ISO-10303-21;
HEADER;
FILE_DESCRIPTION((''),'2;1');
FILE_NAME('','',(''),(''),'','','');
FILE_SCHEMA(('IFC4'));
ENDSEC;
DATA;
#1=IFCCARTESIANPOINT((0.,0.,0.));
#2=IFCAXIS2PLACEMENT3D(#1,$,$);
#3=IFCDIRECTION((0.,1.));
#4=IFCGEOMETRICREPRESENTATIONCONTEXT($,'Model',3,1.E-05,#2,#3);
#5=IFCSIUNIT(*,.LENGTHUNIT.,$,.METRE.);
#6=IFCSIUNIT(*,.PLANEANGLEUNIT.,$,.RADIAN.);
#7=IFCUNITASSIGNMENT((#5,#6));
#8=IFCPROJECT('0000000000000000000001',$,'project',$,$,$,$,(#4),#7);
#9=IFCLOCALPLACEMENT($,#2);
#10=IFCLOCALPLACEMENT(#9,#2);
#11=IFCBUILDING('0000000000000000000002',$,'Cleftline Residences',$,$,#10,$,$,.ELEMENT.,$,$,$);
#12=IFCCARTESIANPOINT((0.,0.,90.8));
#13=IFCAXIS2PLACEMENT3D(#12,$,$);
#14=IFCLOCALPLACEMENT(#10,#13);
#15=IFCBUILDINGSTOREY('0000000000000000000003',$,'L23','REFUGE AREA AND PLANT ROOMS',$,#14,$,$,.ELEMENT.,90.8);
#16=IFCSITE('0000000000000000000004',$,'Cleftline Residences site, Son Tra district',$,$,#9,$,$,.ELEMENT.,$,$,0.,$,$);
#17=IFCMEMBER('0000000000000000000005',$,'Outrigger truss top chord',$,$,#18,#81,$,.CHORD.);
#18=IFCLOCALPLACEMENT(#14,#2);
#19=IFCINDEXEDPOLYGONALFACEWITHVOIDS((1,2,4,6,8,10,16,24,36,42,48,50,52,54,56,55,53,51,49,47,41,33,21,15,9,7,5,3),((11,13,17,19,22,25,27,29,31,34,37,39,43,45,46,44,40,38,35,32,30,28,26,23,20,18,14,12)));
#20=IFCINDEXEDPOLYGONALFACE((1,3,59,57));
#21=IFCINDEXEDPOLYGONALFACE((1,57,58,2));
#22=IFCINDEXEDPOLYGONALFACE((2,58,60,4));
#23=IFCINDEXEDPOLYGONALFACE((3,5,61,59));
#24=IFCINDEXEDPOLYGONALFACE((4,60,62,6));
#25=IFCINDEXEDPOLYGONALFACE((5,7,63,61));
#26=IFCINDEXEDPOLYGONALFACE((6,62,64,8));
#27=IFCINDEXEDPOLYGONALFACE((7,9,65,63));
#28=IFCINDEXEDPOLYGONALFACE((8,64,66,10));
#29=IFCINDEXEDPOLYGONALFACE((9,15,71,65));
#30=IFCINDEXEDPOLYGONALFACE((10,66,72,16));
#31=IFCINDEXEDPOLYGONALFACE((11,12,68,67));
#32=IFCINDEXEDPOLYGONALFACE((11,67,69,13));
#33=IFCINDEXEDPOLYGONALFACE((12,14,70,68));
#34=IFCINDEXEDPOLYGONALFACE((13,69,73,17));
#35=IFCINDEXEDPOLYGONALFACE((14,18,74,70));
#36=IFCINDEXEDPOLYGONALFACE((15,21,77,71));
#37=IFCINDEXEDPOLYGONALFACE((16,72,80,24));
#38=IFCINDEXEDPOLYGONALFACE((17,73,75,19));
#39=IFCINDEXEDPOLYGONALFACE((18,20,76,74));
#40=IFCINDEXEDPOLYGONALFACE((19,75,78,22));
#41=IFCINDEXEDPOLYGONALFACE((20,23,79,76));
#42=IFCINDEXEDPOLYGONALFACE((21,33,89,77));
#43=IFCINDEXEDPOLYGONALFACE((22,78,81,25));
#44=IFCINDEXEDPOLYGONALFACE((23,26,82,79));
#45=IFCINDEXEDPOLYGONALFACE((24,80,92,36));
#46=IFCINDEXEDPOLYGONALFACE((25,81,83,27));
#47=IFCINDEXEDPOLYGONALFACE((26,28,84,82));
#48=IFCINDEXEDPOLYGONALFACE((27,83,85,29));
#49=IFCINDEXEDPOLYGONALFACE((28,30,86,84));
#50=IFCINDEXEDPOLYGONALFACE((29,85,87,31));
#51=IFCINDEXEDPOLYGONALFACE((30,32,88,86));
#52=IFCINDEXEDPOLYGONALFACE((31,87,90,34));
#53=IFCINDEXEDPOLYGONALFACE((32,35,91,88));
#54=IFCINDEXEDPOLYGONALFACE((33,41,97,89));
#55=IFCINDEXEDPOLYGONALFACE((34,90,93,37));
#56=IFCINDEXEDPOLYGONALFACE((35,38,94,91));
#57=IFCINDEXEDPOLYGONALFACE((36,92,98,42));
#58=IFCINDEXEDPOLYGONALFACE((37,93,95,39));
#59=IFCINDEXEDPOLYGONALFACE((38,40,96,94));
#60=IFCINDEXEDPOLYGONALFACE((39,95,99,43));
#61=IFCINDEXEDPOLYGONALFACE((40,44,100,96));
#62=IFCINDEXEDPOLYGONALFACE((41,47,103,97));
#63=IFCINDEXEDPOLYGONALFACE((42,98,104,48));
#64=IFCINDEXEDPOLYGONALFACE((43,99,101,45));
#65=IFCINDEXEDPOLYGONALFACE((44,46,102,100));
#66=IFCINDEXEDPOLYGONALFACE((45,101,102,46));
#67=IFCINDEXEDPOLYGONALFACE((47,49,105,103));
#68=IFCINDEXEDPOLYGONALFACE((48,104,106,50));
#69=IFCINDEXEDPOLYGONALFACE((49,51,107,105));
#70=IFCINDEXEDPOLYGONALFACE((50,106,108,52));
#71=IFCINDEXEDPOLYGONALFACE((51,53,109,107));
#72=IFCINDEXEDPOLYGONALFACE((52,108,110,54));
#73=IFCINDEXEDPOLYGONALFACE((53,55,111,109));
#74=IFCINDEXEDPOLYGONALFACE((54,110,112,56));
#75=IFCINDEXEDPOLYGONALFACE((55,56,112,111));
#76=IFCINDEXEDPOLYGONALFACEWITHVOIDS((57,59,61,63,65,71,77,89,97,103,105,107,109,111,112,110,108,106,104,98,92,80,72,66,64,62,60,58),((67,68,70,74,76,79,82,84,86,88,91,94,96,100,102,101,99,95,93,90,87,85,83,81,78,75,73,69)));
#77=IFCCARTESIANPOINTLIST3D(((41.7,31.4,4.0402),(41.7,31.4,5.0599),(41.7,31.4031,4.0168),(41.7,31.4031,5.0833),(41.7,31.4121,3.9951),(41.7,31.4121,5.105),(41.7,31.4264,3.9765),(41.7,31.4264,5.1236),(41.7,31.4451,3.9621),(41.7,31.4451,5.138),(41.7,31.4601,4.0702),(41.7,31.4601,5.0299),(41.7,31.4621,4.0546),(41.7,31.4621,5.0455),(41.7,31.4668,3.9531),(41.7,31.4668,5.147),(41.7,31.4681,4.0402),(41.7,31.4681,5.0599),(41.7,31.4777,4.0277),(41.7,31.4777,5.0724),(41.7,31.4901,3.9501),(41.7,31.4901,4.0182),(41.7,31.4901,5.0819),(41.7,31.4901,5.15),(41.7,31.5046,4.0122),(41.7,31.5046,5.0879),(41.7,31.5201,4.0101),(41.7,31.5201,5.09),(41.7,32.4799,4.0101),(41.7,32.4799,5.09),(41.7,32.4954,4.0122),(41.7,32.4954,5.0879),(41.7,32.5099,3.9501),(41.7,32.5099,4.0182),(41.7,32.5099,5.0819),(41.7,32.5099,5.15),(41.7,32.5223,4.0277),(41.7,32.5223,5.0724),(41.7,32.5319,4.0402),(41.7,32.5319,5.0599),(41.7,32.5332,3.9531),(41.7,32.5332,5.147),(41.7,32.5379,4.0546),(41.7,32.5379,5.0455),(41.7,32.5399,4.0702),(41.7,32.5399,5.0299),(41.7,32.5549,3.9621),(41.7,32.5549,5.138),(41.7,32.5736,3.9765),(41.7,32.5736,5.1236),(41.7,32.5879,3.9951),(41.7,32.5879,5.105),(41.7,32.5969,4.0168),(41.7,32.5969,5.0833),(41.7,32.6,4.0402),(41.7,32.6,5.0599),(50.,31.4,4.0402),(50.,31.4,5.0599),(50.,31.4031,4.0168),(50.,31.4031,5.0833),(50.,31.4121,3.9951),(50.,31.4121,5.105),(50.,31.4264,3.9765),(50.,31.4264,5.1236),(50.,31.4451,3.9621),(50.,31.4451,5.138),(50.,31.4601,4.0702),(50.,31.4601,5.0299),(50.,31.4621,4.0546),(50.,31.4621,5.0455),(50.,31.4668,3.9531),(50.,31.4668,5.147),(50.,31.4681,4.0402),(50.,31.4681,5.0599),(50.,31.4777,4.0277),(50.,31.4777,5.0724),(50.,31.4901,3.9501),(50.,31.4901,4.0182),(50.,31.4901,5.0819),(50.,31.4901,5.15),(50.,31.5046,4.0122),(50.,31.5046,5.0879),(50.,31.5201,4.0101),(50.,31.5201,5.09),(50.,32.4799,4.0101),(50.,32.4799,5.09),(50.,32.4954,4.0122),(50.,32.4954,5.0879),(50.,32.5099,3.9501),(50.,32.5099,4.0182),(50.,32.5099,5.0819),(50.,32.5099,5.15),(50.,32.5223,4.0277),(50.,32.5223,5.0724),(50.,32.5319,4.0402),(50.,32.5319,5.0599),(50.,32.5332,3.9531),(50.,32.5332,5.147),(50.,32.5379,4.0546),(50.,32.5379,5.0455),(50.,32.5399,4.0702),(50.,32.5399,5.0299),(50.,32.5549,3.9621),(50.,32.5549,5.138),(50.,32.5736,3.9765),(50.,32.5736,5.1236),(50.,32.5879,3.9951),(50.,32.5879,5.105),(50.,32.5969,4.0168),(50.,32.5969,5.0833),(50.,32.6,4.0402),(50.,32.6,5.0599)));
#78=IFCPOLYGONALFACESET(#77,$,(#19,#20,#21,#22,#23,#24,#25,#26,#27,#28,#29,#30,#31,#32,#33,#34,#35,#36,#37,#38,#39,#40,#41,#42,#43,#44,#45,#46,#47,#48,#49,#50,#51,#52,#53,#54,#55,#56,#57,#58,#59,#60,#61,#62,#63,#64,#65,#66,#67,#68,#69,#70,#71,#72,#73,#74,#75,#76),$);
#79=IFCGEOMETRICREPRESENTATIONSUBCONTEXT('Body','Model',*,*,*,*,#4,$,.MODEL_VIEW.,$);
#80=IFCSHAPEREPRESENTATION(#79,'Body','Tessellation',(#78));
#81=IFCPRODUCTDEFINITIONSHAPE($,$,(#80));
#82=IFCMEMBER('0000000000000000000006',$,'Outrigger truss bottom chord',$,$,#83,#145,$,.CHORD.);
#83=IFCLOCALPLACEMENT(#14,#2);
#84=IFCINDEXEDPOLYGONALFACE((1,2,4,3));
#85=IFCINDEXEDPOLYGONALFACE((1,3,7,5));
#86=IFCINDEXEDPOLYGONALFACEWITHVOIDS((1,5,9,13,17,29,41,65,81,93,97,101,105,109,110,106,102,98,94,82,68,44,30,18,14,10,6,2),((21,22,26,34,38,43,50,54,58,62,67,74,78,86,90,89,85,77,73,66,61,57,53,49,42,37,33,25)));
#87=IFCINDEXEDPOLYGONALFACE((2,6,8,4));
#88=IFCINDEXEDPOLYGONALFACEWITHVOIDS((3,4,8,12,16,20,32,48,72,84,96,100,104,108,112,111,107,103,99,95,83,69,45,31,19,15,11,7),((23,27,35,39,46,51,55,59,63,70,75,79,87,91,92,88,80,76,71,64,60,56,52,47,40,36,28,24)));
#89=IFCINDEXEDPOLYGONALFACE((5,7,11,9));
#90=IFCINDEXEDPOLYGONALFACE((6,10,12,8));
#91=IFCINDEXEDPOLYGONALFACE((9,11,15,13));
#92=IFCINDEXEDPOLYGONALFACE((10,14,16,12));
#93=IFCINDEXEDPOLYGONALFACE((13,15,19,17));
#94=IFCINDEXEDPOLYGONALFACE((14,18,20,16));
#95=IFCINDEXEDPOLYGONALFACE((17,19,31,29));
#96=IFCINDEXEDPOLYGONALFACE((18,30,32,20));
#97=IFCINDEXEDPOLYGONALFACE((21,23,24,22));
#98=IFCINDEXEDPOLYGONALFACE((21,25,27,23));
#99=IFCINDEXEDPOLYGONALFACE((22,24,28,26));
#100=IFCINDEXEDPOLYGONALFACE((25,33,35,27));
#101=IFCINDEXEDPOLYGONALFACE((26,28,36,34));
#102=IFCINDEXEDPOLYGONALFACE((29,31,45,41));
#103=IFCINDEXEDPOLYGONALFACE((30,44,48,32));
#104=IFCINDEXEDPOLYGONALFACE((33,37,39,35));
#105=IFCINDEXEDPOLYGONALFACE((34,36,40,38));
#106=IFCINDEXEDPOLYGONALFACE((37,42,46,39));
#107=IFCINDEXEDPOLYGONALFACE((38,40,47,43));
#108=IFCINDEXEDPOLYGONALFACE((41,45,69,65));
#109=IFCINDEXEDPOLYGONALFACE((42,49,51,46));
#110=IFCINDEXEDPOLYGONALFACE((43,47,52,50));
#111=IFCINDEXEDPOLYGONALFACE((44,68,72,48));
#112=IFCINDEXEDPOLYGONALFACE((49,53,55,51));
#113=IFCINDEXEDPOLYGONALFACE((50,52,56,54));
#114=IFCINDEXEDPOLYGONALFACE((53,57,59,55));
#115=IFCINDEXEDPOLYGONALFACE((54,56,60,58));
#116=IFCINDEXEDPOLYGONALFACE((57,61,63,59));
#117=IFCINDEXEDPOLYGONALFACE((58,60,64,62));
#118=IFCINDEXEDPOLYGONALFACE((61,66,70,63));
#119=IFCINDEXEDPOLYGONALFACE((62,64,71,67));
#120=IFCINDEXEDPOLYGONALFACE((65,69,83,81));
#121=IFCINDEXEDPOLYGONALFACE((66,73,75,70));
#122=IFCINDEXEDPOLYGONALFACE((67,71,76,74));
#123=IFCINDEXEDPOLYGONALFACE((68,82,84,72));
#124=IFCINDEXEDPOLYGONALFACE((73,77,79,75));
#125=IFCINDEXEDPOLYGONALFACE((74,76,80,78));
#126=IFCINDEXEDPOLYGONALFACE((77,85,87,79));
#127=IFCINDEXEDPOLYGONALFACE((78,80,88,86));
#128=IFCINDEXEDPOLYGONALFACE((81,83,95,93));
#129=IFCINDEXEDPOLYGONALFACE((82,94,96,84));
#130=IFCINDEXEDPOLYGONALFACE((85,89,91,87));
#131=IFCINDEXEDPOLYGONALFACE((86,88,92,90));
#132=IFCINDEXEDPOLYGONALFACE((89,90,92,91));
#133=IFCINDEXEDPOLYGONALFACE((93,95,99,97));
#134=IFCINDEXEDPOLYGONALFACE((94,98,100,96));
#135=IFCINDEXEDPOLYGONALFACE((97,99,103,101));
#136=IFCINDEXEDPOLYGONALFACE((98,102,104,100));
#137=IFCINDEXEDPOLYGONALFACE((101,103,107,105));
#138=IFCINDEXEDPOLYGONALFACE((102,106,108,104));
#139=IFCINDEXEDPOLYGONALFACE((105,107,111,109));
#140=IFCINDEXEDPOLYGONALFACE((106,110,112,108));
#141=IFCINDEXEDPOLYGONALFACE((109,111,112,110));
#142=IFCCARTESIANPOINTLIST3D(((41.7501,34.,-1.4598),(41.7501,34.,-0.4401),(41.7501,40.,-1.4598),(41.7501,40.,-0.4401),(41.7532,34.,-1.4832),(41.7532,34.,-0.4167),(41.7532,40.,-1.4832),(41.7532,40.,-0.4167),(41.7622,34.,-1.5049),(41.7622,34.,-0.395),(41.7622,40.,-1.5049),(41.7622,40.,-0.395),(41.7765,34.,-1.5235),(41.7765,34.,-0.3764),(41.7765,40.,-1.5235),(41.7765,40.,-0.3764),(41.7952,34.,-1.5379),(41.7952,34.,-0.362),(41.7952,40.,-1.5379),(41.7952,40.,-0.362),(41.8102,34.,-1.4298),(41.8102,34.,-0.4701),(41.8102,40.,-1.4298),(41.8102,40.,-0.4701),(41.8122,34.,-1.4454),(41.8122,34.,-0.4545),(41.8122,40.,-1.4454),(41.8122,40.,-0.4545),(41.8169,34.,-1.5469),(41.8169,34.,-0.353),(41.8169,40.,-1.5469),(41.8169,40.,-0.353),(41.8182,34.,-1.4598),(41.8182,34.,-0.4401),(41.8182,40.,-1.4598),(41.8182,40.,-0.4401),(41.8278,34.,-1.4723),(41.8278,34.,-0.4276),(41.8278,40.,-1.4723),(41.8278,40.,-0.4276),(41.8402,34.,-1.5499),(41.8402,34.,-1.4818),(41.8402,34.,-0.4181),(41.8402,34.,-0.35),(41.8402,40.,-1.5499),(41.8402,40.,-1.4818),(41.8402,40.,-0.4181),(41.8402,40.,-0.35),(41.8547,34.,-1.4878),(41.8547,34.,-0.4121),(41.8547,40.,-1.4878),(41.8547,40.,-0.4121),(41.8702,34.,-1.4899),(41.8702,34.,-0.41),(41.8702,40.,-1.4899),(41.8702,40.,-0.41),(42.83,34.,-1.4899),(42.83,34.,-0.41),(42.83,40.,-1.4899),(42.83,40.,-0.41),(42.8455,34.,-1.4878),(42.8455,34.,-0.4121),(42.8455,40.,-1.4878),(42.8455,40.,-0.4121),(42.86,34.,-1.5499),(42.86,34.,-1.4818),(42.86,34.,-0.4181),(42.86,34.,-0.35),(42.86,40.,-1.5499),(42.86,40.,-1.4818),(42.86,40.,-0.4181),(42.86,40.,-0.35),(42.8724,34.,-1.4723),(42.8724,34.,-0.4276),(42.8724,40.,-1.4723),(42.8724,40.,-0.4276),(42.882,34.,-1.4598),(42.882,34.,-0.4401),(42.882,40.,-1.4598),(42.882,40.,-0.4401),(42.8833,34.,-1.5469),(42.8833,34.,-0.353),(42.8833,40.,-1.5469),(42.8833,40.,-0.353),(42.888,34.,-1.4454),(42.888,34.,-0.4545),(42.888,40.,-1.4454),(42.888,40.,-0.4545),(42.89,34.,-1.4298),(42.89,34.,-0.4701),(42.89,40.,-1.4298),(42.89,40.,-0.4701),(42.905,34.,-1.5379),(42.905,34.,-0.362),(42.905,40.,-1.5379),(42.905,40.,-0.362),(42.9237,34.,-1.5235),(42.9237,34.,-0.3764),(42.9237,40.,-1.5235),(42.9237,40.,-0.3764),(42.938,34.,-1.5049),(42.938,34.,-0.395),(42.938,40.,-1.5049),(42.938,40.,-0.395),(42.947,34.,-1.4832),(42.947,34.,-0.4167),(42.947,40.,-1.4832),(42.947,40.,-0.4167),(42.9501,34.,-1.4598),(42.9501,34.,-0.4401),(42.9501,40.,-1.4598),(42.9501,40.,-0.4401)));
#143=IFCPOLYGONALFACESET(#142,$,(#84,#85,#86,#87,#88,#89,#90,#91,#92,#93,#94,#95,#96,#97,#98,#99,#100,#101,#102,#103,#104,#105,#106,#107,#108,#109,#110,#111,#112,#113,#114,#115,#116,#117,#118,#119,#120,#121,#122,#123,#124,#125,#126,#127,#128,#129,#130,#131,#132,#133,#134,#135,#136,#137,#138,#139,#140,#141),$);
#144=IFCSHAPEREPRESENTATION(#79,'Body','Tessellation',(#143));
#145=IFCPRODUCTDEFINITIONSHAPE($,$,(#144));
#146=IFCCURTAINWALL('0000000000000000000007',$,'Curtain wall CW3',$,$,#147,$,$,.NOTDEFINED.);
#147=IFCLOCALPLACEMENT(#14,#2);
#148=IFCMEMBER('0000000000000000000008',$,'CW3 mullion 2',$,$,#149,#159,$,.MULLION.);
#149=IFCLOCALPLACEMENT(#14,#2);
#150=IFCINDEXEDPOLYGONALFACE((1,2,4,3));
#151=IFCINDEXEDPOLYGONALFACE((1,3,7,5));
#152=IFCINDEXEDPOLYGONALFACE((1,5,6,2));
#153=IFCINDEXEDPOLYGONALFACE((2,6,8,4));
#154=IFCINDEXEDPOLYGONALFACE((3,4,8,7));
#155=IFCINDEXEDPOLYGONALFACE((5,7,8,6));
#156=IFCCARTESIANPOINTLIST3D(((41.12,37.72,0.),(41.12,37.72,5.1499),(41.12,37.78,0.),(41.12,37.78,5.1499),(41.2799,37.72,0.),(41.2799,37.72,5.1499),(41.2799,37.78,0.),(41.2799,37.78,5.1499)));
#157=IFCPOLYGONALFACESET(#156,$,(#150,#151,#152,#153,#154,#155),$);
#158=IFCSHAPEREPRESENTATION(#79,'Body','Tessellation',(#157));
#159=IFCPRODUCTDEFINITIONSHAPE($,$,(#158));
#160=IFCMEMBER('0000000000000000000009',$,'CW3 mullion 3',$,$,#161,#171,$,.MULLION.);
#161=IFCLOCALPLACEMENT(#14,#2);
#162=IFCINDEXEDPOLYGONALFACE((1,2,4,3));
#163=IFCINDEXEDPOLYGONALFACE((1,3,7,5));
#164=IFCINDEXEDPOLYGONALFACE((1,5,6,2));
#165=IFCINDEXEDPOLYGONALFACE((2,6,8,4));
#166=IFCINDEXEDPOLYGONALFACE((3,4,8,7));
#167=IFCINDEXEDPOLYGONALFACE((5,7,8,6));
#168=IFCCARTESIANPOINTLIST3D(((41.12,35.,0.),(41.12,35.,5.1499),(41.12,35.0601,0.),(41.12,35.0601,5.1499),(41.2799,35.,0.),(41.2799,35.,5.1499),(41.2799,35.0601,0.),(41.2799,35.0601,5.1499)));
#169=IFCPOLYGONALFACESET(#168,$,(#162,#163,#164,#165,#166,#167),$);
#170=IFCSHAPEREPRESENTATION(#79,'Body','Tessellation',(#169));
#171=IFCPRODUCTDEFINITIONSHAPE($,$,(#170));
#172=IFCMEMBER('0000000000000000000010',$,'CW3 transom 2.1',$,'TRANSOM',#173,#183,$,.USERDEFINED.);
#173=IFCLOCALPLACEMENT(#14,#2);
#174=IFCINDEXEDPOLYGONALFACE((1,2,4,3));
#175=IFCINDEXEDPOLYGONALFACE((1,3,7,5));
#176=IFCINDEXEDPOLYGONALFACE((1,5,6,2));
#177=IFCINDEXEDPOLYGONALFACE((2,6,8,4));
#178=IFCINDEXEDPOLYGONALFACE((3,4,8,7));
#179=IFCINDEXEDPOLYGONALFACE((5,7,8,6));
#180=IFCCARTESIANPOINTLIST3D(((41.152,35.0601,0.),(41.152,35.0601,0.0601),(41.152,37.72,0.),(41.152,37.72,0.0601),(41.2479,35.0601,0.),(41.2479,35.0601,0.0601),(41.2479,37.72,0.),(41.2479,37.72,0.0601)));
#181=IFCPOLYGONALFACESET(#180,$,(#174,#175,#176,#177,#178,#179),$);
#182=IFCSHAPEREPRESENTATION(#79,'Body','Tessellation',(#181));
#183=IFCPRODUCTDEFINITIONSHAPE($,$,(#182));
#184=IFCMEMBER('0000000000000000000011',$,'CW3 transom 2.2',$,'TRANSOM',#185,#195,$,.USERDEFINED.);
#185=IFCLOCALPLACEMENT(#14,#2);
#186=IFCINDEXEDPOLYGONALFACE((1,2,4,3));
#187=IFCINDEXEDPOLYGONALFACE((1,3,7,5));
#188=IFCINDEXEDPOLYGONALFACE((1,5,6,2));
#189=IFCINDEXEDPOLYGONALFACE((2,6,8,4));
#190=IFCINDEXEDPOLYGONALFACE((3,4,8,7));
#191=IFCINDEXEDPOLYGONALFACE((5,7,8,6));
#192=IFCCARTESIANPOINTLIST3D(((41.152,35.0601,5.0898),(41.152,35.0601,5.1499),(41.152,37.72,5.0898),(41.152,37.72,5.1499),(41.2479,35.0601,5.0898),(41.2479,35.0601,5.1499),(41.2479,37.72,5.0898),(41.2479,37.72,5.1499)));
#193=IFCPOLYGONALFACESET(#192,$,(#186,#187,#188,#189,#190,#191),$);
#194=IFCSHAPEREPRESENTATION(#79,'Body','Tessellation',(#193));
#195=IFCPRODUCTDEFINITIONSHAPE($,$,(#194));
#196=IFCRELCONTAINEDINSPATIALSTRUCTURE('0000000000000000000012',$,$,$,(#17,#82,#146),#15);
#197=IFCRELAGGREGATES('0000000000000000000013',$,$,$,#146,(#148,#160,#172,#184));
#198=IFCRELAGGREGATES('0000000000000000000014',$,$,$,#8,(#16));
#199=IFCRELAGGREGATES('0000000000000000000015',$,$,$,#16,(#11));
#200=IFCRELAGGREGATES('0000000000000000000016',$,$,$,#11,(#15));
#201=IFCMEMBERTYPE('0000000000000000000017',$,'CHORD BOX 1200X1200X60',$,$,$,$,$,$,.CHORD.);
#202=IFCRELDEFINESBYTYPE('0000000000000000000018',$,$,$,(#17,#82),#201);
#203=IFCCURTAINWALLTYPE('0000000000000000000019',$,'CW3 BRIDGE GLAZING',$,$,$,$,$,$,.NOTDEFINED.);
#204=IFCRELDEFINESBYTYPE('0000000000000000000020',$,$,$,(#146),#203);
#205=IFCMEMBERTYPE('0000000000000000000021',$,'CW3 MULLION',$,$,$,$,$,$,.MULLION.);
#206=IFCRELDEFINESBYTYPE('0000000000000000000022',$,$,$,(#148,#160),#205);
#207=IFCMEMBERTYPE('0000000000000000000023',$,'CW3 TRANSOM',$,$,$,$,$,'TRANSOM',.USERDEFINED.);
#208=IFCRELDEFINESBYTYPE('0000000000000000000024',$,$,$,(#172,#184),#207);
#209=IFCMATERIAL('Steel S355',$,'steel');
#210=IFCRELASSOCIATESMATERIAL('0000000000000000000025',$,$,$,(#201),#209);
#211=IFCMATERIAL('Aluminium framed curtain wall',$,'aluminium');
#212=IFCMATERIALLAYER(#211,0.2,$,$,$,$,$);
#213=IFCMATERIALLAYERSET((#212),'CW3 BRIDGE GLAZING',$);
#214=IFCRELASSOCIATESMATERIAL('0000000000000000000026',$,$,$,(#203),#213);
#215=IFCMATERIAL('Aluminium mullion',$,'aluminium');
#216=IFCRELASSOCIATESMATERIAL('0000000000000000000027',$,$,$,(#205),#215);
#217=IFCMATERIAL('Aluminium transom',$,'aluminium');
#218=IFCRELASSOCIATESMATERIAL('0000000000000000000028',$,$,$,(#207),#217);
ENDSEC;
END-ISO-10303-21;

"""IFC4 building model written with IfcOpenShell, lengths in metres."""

from ifc_helpers import new_model, si_unit, direction, frame, origin, origin_2d, place, context, subcontext, project, spatial, rectangle, hollow_rectangle, extrude, material, layer, layer_set, material_profile, profile_set, type_object, element, aggregate, save


model = new_model("IFC4")

# Units and contexts
model_context = context("Model", 3, precision=1e-05, world=origin(), true_north=direction((0.0, 1.0)))
body_context = subcontext(model_context, "Body", "Model", "MODEL_VIEW")
ifc_project = project(units=[si_unit("LENGTHUNIT", "METRE"), si_unit("PLANEANGLEUNIT", "RADIAN")], contexts=[model_context])

# Site, building, storey
site_placement = place(None, origin())
site = spatial("IfcSite", under=ifc_project, at=site_placement, Name="Cleftline Residences site, Son Tra district", CompositionType="ELEMENT", RefElevation=0.0)
building_placement = place(site_placement, origin())
building = spatial("IfcBuilding", under=site, at=building_placement, Name="Cleftline Residences", CompositionType="ELEMENT")
storey_placement = place(building_placement, frame((0.0, 0.0, 90.8)))
storey = spatial("IfcBuildingStorey", under=building, at=storey_placement, Name="L23", Description="REFUGE AREA AND PLANT ROOMS", CompositionType="ELEMENT", Elevation=90.8)

# Members
ifc_material_1 = material(Name="Steel S355", Category="steel")
ifc_material_profile_1 = material_profile(ifc_material_1, hollow_rectangle(XDim=1.2, YDim=1.2, WallThickness=0.0601, InnerFilletRadius=0.0601, OuterFilletRadius=0.0901, at=origin_2d()))
ifc_profile_set_1 = profile_set([ifc_material_profile_1], Name="Steel S355")
member_type_1 = type_object("IfcMemberType", Name="CHORD BOX 1200X1200X60", PredefinedType="CHORD", material=ifc_profile_set_1)
for number, where, z_axis, x_axis, name in (
    (1, (41.7, 32.0, 4.55), (1.0, 0.0, 0.0), (0.0, 1.0, 0.0), "Outrigger truss top chord"),
):
    element("IfcMember", number, at=place(storey_placement, frame(where, z_axis=z_axis, x_axis=x_axis)), inside=storey, type_object=member_type_1, Name=name, PredefinedType="CHORD", context=body_context, shape_type="SweptSolid", body=[
        extrude(hollow_rectangle(XDim=1.2, YDim=1.2, WallThickness=0.0601, InnerFilletRadius=0.0601, OuterFilletRadius=0.0901, at=origin_2d()), origin(), (0.0, 0.0, 1.0), 8.3),
    ])
member_1_placement = place(storey_placement, frame((42.3501, 40.0, -0.95), z_axis=(0.0, -1.0, 0.0), x_axis=(1.0, 0.0, 0.0)))
element("IfcMember", 2, at=member_1_placement, inside=storey, type_object=member_type_1, Name="Outrigger truss bottom chord", PredefinedType="CHORD", context=body_context, shape_type="SweptSolid", body=[
    extrude(hollow_rectangle(XDim=1.2, YDim=1.2, WallThickness=0.0601, InnerFilletRadius=0.0601, OuterFilletRadius=0.0901, at=origin_2d()), origin(), (0.0, 0.0, 1.0), 6.0),
])

# Curtain wall, members
ifc_material_2 = material(Name="Aluminium framed curtain wall", Category="aluminium")
ifc_layer_1 = layer(ifc_material_2, 0.2)
ifc_layer_set_1 = layer_set([ifc_layer_1], Name="CW3 BRIDGE GLAZING")
curtain_wall_type = type_object("IfcCurtainWallType", Name="CW3 BRIDGE GLAZING", PredefinedType="NOTDEFINED", material=ifc_layer_set_1)
curtain_wall_placement = place(storey_placement, origin())
curtain_wall = element("IfcCurtainWall", 3, at=curtain_wall_placement, inside=storey, type_object=curtain_wall_type, Name="Curtain wall CW3", PredefinedType="NOTDEFINED")
ifc_material_3 = material(Name="Aluminium mullion", Category="aluminium")
ifc_material_profile_2 = material_profile(ifc_material_3, rectangle(XDim=0.1599, YDim=0.0601, at=origin_2d()))
ifc_profile_set_2 = profile_set([ifc_material_profile_2], Name="Aluminium mullion")
member_type_2 = type_object("IfcMemberType", Name="CW3 MULLION", PredefinedType="MULLION", material=ifc_profile_set_2)
member_2_placement = place(storey_placement, frame((41.2, 37.75, 0.0), z_axis=(0.0, 0.0, 1.0), x_axis=(1.0, 0.0, 0.0)))
member_2 = element("IfcMember", 4, at=member_2_placement, type_object=member_type_2, Name="CW3 mullion 2", PredefinedType="MULLION", context=body_context, shape_type="SweptSolid", body=[
    extrude(rectangle(XDim=0.1599, YDim=0.0601, at=origin_2d()), origin(), (0.0, 0.0, 1.0), 5.1499),
])
member_3_placement = place(storey_placement, frame((41.2, 35.03, 0.0), z_axis=(0.0, 0.0, 1.0), x_axis=(1.0, 0.0, 0.0)))
member_3 = element("IfcMember", 5, at=member_3_placement, type_object=member_type_2, Name="CW3 mullion 3", PredefinedType="MULLION", context=body_context, shape_type="SweptSolid", body=[
    extrude(rectangle(XDim=0.1599, YDim=0.0601, at=origin_2d()), origin(), (0.0, 0.0, 1.0), 5.1499),
])
ifc_material_4 = material(Name="Aluminium transom", Category="aluminium")
ifc_material_profile_3 = material_profile(ifc_material_4, rectangle(XDim=0.0959, YDim=0.0601, at=origin_2d()))
ifc_profile_set_3 = profile_set([ifc_material_profile_3], Name="Aluminium transom")
member_type_3 = type_object("IfcMemberType", Name="CW3 TRANSOM", ElementType="TRANSOM", PredefinedType="USERDEFINED", material=ifc_profile_set_3)
member_4_placement = place(storey_placement, frame((41.2, 37.72, 0.03), z_axis=(0.0, -1.0, 0.0), x_axis=(1.0, 0.0, 0.0)))
member_4 = element("IfcMember", 6, at=member_4_placement, type_object=member_type_3, Name="CW3 transom 2.1", ObjectType="TRANSOM", PredefinedType="USERDEFINED", context=body_context, shape_type="SweptSolid", body=[
    extrude(rectangle(XDim=0.0959, YDim=0.0601, at=origin_2d()), origin(), (0.0, 0.0, 1.0), 2.6599),
])
member_5_placement = place(storey_placement, frame((41.2, 37.72, 5.1199), z_axis=(0.0, -1.0, 0.0), x_axis=(1.0, 0.0, 0.0)))
member_5 = element("IfcMember", 7, at=member_5_placement, type_object=member_type_3, Name="CW3 transom 2.2", ObjectType="TRANSOM", PredefinedType="USERDEFINED", context=body_context, shape_type="SweptSolid", body=[
    extrude(rectangle(XDim=0.0959, YDim=0.0601, at=origin_2d()), origin(), (0.0, 0.0, 1.0), 2.6599),
])

aggregate(curtain_wall, [member_2, member_3, member_4, member_5])

save(model, "model.ifc")
